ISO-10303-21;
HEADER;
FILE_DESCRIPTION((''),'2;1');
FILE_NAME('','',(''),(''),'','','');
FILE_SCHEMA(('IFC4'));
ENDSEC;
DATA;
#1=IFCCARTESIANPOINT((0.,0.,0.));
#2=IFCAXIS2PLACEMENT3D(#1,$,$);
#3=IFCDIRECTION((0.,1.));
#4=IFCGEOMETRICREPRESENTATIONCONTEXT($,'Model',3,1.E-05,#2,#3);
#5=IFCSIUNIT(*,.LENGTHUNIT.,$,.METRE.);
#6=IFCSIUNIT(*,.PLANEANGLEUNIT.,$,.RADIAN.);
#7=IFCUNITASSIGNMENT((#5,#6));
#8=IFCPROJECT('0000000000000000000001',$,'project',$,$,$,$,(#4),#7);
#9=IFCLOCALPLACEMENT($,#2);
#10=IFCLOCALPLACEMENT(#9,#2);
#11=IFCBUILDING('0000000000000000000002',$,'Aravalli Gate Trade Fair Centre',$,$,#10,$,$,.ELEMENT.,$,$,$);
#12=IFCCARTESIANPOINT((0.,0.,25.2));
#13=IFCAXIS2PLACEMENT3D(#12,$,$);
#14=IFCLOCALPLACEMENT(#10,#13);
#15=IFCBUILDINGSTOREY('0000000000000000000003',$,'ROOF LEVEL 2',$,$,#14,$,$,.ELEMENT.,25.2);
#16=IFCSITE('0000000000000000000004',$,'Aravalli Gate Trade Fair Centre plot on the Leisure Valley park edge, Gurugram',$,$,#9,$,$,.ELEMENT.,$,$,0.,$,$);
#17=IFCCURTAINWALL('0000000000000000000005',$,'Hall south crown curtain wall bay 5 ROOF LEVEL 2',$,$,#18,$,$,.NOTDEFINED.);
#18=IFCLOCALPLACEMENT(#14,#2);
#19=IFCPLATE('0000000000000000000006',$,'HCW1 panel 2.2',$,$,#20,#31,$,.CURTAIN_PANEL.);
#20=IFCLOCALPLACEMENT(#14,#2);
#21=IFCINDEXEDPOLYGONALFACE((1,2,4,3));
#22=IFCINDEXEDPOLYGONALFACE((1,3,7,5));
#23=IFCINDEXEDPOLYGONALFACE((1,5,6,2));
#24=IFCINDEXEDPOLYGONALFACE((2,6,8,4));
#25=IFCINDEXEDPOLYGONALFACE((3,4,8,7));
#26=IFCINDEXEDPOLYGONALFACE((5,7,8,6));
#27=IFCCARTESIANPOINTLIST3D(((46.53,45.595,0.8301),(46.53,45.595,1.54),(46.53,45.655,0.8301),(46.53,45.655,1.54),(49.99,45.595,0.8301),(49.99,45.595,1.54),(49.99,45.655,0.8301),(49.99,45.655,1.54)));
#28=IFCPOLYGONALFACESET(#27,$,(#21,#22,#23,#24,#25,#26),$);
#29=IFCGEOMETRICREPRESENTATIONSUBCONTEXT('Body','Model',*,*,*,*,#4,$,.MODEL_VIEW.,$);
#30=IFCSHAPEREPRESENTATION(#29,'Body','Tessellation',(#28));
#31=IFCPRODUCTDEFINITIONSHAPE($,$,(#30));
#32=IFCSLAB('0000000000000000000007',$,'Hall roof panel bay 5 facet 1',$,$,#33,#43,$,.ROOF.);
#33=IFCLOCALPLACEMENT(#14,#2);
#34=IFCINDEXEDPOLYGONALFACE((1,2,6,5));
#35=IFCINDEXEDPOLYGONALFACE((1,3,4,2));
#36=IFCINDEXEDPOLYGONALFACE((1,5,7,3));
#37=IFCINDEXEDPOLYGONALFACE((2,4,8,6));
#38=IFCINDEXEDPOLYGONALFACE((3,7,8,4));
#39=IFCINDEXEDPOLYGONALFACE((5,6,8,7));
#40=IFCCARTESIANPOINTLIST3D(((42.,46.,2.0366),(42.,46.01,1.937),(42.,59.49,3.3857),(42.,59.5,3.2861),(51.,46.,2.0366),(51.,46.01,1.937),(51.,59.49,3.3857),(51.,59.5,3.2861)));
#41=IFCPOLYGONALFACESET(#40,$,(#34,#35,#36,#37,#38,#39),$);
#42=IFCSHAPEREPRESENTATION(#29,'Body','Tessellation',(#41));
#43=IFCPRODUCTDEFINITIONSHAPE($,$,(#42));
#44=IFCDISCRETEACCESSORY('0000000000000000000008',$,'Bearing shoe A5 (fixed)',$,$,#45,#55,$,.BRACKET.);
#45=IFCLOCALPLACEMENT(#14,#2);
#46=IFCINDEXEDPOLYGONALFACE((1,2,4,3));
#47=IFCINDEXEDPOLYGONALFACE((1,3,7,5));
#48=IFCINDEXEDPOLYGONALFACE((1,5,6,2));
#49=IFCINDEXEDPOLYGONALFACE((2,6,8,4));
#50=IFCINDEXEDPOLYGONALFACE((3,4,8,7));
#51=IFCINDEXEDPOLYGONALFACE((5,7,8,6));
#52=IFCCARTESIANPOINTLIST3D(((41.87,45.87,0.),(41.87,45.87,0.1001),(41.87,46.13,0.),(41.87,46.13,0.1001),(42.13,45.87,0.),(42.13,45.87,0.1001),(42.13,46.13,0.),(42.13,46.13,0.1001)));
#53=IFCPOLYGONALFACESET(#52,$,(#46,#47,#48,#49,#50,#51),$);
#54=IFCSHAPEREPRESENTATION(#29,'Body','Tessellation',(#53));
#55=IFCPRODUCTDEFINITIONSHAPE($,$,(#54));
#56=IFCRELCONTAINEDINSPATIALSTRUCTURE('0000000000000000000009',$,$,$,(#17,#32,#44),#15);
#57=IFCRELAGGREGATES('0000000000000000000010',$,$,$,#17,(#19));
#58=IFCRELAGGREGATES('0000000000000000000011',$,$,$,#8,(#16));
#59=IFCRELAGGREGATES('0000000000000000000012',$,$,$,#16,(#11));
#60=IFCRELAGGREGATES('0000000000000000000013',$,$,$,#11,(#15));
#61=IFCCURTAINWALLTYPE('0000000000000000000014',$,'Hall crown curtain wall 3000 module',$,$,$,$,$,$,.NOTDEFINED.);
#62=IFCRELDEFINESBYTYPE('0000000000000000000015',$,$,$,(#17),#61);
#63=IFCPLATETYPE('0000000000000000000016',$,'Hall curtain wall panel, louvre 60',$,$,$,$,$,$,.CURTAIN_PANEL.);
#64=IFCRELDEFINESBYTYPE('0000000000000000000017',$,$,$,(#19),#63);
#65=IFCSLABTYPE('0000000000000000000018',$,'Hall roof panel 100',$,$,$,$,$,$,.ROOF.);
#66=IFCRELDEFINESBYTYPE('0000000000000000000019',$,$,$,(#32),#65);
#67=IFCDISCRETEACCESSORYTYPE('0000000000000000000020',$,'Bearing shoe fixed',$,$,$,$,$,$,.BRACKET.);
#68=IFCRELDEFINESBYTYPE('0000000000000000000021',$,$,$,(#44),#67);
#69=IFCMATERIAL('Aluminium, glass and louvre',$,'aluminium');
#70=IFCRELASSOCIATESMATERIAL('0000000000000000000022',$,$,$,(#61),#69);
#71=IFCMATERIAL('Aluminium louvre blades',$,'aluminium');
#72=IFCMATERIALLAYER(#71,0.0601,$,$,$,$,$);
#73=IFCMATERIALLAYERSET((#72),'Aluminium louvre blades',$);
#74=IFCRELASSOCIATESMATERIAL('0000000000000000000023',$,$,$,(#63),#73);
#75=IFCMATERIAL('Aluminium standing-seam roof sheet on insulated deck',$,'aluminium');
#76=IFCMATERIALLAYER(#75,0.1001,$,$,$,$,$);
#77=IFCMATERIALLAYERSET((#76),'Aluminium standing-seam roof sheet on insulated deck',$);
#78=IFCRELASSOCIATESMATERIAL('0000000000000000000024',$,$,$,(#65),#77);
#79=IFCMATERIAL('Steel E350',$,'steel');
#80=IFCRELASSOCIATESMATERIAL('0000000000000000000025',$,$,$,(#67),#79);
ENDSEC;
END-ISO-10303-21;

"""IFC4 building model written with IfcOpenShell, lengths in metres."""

from ifc_helpers import new_model, si_unit, direction, frame, origin, origin_2d, place, context, subcontext, project, spatial, polyline, rectangle, outline, extrude, material, layer, layer_set, type_object, element, aggregate, save


model = new_model("IFC4")

# Units and contexts
model_context = context("Model", 3, precision=1e-05, world=origin(), true_north=direction((0.0, 1.0)))
body_context = subcontext(model_context, "Body", "Model", "MODEL_VIEW")
ifc_project = project(units=[si_unit("LENGTHUNIT", "METRE"), si_unit("PLANEANGLEUNIT", "RADIAN")], contexts=[model_context])

# Site, building, storey
site_placement = place(None, origin())
site = spatial("IfcSite", under=ifc_project, at=site_placement, Name="Aravalli Gate Trade Fair Centre plot on the Leisure Valley park edge, Gurugram", CompositionType="ELEMENT", RefElevation=0.0)
building_placement = place(site_placement, origin())
building = spatial("IfcBuilding", under=site, at=building_placement, Name="Aravalli Gate Trade Fair Centre", CompositionType="ELEMENT")
storey_placement = place(building_placement, frame((0.0, 0.0, 25.2)))
storey = spatial("IfcBuildingStorey", under=building, at=storey_placement, Name="ROOF LEVEL 2", CompositionType="ELEMENT", Elevation=25.2)

# Shared definitions
ifc_material_1 = material(Name="Steel E350", Category="steel")

# Curtain wall
ifc_material_2 = material(Name="Aluminium, glass and louvre", Category="aluminium")
curtain_wall_type = type_object("IfcCurtainWallType", Name="Hall crown curtain wall 3000 module", PredefinedType="NOTDEFINED", material=ifc_material_2)
curtain_wall_1_placement = place(storey_placement, origin())
curtain_wall_1 = element("IfcCurtainWall", 1, at=curtain_wall_1_placement, inside=storey, type_object=curtain_wall_type, Name="Hall south crown curtain wall bay 5 ROOF LEVEL 2", PredefinedType="NOTDEFINED")

# Plate
ifc_material_3 = material(Name="Aluminium louvre blades", Category="aluminium")
ifc_layer_1 = layer(ifc_material_3, 0.0601)
ifc_layer_set_1 = layer_set([ifc_layer_1], Name="Aluminium louvre blades")
plate_type = type_object("IfcPlateType", Name="Hall curtain wall panel, louvre 60", PredefinedType="CURTAIN_PANEL", material=ifc_layer_set_1)
plate_1_placement = place(storey_placement, frame((48.26, 45.625, 0.8301), z_axis=(0.0, 0.0, 1.0), x_axis=(1.0, 0.0, 0.0)))
plate_1 = element("IfcPlate", 2, at=plate_1_placement, type_object=plate_type, Name="HCW1 panel 2.2", PredefinedType="CURTAIN_PANEL", context=body_context, shape_type="SweptSolid", body=[
    extrude(rectangle(XDim=3.46, YDim=0.0601, at=origin_2d()), origin(), (0.0, 0.0, 1.0), 0.71),
])
aggregate(curtain_wall_1, [plate_1])

# Slab
ifc_material_4 = material(Name="Aluminium standing-seam roof sheet on insulated deck", Category="aluminium")
ifc_layer_2 = layer(ifc_material_4, 0.1001)
ifc_layer_set_2 = layer_set([ifc_layer_2], Name="Aluminium standing-seam roof sheet on insulated deck")
slab_type = type_object("IfcSlabType", Name="Hall roof panel 100", PredefinedType="ROOF", material=ifc_layer_set_2)
slab_placement = place(storey_placement, frame((42.0, 46.0, 2.0366), z_axis=(0.0, -0.099513, 0.995036), x_axis=(1.0, 0.0, 0.0)))
element("IfcSlab", 3, at=slab_placement, inside=storey, type_object=slab_type, Name="Hall roof panel bay 5 facet 1", PredefinedType="ROOF", context=body_context, shape_type="SweptSolid", body=[
    extrude(outline(polyline([(0.0, 0.0), (9.0, 0.0), (9.0, 13.5573), (0.0, 13.5573), (0.0, 0.0)])), origin(), (0.0, 0.0, -1.0), 0.1001),
])

# Discrete accessory
discrete_accessory_type = type_object("IfcDiscreteAccessoryType", Name="Bearing shoe fixed", PredefinedType="BRACKET", material=ifc_material_1)
discrete_accessory_placement = place(storey_placement, frame((42.0, 46.0, 0.0), z_axis=(0.0, 0.0, 1.0), x_axis=(1.0, 0.0, 0.0)))
element("IfcDiscreteAccessory", 4, at=discrete_accessory_placement, inside=storey, type_object=discrete_accessory_type, Name="Bearing shoe A5 (fixed)", PredefinedType="BRACKET", context=body_context, shape_type="SweptSolid", body=[
    extrude(rectangle(XDim=0.26, YDim=0.26, at=origin_2d()), origin(), (0.0, 0.0, 1.0), 0.1001),
])

save(model, "model.ifc")
